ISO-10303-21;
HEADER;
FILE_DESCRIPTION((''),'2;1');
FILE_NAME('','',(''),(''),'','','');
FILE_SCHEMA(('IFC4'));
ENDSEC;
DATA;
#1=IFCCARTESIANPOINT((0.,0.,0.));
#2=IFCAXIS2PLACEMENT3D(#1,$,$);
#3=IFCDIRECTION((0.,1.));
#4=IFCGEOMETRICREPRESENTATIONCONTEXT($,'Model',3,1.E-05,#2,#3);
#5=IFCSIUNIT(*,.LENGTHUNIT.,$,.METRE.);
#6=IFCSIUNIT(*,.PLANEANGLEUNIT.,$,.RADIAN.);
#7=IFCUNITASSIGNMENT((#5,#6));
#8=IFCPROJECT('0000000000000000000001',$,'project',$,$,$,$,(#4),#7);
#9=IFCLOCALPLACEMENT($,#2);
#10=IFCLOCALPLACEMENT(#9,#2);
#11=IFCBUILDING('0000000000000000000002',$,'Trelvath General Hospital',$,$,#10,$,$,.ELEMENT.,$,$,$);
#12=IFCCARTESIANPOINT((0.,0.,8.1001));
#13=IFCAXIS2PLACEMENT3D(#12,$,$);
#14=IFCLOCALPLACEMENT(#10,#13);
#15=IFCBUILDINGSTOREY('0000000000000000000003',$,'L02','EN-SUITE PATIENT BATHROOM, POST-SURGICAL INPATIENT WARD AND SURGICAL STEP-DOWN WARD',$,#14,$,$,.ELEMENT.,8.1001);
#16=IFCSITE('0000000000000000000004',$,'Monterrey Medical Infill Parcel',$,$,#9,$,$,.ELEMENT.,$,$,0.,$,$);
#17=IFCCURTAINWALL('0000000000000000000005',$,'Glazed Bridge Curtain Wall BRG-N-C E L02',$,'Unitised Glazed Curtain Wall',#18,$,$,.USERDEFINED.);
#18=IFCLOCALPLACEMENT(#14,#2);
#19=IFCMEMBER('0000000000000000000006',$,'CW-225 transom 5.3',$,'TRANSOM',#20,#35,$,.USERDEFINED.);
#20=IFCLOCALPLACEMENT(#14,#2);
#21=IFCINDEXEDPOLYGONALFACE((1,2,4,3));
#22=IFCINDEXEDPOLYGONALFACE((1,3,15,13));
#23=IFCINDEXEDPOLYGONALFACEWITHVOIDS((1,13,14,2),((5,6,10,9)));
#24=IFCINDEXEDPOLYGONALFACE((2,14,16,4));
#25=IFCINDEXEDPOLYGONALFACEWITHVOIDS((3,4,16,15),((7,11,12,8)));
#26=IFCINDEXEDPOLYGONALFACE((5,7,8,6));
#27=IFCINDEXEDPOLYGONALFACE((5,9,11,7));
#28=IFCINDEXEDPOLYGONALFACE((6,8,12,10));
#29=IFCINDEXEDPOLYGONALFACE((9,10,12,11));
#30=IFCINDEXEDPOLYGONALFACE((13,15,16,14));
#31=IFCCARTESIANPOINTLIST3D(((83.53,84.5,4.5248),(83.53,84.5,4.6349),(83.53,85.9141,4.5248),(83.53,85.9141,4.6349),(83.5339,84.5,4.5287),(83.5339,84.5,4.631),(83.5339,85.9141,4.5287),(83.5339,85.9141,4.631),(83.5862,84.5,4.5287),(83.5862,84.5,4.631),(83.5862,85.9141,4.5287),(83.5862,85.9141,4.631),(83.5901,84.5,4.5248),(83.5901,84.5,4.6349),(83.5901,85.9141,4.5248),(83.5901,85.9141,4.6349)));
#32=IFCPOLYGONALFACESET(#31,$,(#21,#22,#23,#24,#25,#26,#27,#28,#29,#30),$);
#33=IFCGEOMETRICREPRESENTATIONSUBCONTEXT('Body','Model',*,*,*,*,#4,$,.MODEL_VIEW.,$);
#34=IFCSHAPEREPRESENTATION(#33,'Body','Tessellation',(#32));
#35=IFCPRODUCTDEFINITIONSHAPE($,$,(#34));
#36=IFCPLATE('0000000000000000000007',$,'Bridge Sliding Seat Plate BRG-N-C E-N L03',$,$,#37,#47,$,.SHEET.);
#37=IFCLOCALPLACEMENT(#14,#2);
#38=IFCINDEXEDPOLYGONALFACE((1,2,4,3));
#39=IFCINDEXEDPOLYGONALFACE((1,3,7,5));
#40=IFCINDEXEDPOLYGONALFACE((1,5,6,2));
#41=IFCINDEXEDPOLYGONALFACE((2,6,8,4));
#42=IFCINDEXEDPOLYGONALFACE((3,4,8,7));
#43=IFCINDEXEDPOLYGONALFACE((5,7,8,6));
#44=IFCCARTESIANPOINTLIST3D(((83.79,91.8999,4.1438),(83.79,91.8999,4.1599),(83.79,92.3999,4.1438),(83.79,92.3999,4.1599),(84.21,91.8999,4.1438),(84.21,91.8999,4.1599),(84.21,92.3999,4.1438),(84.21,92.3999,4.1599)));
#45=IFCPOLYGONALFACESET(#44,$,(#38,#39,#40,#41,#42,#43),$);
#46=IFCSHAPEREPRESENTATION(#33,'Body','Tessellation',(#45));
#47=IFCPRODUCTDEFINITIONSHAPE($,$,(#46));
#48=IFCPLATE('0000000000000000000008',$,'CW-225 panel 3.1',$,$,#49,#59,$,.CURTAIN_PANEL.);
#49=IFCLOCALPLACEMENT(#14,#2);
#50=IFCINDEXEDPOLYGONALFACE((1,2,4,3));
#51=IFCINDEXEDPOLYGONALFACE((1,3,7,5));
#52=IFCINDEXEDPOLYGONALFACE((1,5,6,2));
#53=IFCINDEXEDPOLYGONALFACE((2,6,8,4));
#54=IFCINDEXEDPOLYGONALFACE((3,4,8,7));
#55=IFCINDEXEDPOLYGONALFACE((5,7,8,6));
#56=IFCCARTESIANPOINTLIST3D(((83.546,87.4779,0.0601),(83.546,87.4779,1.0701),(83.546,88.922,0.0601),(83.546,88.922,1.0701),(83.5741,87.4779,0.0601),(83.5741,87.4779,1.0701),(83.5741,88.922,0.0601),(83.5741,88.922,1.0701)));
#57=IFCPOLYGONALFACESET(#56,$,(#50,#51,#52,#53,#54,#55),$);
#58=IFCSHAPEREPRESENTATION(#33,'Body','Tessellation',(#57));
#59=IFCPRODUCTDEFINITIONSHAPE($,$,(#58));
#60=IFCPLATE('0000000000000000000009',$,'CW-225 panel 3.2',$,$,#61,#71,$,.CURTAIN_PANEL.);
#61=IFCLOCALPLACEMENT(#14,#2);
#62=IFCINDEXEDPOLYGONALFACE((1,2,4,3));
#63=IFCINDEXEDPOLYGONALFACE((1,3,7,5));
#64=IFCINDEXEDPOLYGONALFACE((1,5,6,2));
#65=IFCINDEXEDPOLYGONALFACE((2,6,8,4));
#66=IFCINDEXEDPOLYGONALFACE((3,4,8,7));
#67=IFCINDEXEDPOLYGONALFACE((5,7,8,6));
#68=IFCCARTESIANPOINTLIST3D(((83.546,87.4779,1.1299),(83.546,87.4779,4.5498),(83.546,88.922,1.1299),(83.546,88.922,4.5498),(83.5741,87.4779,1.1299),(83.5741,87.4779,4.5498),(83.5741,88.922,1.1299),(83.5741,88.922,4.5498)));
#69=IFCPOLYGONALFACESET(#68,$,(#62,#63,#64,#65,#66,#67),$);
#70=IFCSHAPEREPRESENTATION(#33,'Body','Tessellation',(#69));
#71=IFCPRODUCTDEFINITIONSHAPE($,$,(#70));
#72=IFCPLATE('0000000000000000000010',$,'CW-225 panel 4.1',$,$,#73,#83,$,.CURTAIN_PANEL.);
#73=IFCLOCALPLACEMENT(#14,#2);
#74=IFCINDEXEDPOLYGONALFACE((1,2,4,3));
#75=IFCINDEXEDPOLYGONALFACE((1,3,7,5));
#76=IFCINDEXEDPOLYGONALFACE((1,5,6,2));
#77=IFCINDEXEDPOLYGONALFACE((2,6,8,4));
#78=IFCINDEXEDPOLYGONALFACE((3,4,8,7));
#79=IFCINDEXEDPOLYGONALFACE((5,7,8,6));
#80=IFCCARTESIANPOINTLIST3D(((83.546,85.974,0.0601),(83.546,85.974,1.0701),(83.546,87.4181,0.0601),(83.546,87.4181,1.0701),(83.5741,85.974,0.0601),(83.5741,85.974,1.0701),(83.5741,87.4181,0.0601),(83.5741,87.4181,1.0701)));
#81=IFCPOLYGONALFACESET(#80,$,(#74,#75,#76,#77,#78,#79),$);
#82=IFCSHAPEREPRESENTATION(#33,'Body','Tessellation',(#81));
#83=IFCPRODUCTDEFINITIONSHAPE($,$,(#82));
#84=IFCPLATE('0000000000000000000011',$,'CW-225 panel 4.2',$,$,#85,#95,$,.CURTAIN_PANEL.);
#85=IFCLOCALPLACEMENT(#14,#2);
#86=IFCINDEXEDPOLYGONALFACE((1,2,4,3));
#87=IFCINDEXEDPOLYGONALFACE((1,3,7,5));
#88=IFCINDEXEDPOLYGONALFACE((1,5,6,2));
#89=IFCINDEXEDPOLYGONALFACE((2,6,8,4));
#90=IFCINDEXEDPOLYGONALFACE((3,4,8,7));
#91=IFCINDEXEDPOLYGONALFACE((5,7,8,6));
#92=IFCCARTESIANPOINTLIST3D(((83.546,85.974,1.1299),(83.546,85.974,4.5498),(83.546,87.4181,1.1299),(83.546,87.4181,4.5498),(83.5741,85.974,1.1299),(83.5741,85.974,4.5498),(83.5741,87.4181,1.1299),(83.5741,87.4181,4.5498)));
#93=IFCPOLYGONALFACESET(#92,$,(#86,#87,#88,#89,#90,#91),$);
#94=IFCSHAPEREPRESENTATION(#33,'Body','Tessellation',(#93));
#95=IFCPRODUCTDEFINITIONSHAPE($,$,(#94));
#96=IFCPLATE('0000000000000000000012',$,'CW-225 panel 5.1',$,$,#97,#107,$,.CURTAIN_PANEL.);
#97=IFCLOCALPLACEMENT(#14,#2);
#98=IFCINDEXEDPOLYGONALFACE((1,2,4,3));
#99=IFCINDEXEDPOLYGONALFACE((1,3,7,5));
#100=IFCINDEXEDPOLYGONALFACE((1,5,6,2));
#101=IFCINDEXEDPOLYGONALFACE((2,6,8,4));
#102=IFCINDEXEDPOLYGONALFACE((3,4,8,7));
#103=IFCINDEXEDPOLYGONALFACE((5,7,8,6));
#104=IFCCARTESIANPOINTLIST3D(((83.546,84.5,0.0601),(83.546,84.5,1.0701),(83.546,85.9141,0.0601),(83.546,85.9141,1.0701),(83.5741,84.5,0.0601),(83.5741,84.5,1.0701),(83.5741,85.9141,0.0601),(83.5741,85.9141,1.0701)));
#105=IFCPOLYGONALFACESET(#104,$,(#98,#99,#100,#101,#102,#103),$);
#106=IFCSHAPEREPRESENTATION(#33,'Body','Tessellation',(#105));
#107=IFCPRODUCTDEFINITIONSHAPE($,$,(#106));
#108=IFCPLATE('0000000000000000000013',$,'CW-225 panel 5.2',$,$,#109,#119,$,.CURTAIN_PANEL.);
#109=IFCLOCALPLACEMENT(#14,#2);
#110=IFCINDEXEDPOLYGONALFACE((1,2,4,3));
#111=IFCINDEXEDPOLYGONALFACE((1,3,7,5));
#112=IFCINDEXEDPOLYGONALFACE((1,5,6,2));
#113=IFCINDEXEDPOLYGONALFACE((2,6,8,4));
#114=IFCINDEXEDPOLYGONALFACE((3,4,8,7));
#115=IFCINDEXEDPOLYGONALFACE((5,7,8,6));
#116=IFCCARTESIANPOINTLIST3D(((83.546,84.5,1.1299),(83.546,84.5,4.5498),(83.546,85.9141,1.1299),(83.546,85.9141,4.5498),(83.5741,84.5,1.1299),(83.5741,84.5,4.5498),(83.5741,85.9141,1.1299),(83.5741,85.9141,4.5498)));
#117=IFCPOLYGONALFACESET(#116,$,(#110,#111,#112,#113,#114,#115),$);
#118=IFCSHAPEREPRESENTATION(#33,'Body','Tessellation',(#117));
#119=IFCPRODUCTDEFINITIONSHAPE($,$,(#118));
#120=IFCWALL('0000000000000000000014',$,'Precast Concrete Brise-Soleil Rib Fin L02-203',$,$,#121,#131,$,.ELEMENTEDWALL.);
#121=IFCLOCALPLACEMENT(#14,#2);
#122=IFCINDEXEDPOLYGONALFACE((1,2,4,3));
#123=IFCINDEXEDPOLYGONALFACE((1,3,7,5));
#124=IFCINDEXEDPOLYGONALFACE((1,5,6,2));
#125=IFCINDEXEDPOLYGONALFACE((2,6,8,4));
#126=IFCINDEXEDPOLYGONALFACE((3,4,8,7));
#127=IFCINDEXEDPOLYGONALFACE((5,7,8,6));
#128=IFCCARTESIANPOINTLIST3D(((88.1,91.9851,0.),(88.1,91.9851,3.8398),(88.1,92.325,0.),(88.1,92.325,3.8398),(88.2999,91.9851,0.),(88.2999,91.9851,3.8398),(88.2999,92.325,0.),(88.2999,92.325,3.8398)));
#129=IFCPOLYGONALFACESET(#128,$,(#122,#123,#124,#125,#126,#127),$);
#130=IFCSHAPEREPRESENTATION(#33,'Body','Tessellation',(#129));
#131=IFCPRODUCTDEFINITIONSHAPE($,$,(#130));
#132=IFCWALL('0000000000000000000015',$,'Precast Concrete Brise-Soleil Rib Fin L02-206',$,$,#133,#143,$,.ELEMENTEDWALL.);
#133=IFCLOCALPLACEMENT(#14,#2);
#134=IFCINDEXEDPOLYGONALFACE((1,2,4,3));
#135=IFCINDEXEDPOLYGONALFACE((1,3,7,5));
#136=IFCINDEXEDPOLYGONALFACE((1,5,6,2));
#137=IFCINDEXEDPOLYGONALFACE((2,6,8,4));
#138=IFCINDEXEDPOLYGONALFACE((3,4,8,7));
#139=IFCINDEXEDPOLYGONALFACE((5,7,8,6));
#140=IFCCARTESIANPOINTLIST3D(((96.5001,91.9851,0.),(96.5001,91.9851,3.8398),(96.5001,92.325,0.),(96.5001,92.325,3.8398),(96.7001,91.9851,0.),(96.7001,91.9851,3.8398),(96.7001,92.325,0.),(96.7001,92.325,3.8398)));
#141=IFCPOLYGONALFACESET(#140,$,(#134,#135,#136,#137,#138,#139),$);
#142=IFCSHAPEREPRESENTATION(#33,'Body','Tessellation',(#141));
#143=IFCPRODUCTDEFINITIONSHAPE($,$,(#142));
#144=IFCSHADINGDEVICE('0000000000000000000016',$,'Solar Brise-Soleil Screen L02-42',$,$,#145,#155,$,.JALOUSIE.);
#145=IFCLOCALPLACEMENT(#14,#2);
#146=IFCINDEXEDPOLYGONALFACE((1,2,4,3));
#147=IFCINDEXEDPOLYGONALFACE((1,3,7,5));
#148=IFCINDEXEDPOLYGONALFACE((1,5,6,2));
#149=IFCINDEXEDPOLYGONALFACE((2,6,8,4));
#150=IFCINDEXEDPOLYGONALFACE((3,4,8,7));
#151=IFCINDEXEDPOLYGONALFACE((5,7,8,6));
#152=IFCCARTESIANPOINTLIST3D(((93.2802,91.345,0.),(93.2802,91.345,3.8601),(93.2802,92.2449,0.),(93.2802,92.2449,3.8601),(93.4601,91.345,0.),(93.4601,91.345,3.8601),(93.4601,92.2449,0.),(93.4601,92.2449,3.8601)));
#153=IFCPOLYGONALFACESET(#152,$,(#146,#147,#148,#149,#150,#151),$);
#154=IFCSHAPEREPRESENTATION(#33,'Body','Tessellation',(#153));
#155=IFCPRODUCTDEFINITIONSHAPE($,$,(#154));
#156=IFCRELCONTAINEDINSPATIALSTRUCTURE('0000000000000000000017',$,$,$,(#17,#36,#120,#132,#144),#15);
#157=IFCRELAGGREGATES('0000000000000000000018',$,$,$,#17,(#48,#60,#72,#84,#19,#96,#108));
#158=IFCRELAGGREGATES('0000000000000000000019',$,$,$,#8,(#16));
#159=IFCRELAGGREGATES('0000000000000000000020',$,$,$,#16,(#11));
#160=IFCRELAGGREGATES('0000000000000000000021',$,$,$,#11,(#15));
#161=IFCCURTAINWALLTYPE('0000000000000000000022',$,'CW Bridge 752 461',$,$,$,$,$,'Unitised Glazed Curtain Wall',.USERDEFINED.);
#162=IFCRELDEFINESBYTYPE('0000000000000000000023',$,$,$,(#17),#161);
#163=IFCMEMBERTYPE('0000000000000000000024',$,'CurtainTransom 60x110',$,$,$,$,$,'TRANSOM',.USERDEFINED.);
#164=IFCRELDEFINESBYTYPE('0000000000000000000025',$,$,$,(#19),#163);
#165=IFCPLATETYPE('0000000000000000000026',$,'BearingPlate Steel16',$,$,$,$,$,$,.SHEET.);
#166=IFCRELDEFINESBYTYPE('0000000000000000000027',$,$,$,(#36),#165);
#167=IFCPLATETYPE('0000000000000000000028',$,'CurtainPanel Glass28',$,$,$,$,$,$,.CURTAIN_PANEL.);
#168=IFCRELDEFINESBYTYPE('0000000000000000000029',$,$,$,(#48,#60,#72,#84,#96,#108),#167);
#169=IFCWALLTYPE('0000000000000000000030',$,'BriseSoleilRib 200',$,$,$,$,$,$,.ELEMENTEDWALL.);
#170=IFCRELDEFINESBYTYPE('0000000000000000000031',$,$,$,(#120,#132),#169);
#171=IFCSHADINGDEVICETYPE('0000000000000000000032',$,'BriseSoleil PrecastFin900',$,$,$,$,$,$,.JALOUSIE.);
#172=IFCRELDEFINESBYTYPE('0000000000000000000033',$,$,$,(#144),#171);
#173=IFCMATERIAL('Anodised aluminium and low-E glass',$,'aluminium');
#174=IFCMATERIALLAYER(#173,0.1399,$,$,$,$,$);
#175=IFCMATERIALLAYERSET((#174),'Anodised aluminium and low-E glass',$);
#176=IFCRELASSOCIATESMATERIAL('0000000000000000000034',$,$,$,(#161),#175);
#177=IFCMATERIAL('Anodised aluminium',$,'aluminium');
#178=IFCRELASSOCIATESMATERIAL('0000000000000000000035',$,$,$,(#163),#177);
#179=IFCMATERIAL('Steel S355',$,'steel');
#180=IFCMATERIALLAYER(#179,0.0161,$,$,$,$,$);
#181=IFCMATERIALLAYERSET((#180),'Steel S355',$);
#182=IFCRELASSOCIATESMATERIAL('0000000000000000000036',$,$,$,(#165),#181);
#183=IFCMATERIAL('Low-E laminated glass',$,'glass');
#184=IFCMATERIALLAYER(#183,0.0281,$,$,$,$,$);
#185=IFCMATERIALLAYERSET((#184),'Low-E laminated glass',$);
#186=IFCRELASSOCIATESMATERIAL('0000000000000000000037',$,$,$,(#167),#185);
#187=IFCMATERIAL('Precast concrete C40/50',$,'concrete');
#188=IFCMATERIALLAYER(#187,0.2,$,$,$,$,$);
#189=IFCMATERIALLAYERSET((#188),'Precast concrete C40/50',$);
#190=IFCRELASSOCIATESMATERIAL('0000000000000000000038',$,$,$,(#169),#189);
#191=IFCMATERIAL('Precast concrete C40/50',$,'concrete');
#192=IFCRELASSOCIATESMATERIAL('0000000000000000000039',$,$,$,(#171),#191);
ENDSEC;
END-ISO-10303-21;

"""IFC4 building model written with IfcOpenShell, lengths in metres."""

from ifc_helpers import new_model, si_unit, direction, frame, frame_2d, origin, origin_2d, place, context, subcontext, project, spatial, rectangle, hollow_rectangle, extrude, material, layer, layer_set, material_profile, profile_set, type_object, element, aggregate, save


model = new_model("IFC4")

# Units and contexts
model_context = context("Model", 3, precision=1e-05, world=origin(), true_north=direction((0.0, 1.0)))
body_context = subcontext(model_context, "Body", "Model", "MODEL_VIEW")
ifc_project = project(units=[si_unit("LENGTHUNIT", "METRE"), si_unit("PLANEANGLEUNIT", "RADIAN")], contexts=[model_context])

# Site, building, storey
site_placement = place(None, origin())
site = spatial("IfcSite", under=ifc_project, at=site_placement, Name="Monterrey Medical Infill Parcel", CompositionType="ELEMENT", RefElevation=0.0)
building_placement = place(site_placement, origin())
building = spatial("IfcBuilding", under=site, at=building_placement, Name="Trelvath General Hospital", CompositionType="ELEMENT")
storey_placement = place(building_placement, frame((0.0, 0.0, 8.1001)))
storey = spatial("IfcBuildingStorey", under=building, at=storey_placement, Name="L02", Description="EN-SUITE PATIENT BATHROOM, POST-SURGICAL INPATIENT WARD AND SURGICAL STEP-DOWN WARD", CompositionType="ELEMENT", Elevation=8.1001)

# Curtain wall, member
ifc_material_1 = material(Name="Anodised aluminium and low-E glass", Category="aluminium")
ifc_layer_1 = layer(ifc_material_1, 0.1399)
ifc_layer_set_1 = layer_set([ifc_layer_1], Name="Anodised aluminium and low-E glass")
curtain_wall_type = type_object("IfcCurtainWallType", Name="CW Bridge 752 461", ElementType="Unitised Glazed Curtain Wall", PredefinedType="USERDEFINED", material=ifc_layer_set_1)
curtain_wall_placement = place(storey_placement, origin())
curtain_wall = element("IfcCurtainWall", 1, at=curtain_wall_placement, inside=storey, type_object=curtain_wall_type, Name="Glazed Bridge Curtain Wall BRG-N-C E L02", ObjectType="Unitised Glazed Curtain Wall", PredefinedType="USERDEFINED")
ifc_material_2 = material(Name="Anodised aluminium", Category="aluminium")
ifc_material_profile_1 = material_profile(ifc_material_2, hollow_rectangle(XDim=0.0601, YDim=0.1101, WallThickness=0.0039, at=origin_2d()), Name="RHS60x110x4")
ifc_profile_set_1 = profile_set([ifc_material_profile_1], Name="Anodised aluminium")
member_type = type_object("IfcMemberType", Name="CurtainTransom 60x110", ElementType="TRANSOM", PredefinedType="USERDEFINED", material=ifc_profile_set_1)
member_1_placement = place(storey_placement, frame((83.5601, 85.9141, 4.5798), z_axis=(0.0, -1.0, 0.0), x_axis=(1.0, 0.0, 0.0)))
member_1 = element("IfcMember", 2, at=member_1_placement, type_object=member_type, Name="CW-225 transom 5.3", ObjectType="TRANSOM", PredefinedType="USERDEFINED", context=body_context, shape_type="SweptSolid", body=[
    extrude(hollow_rectangle(XDim=0.0601, YDim=0.1101, WallThickness=0.0039, at=origin_2d()), origin(), (0.0, 0.0, 1.0), 1.4141),
])

# Plates
ifc_material_3 = material(Name="Steel S355", Category="steel")
ifc_layer_2 = layer(ifc_material_3, 0.0161)
ifc_layer_set_2 = layer_set([ifc_layer_2], Name="Steel S355")
plate_type_1 = type_object("IfcPlateType", Name="BearingPlate Steel16", PredefinedType="SHEET", material=ifc_layer_set_2)
plate_1_placement = place(storey_placement, frame((84.0, 92.1499, 4.1438), z_axis=(0.0, 0.0, 1.0), x_axis=(1.0, 0.0, 0.0)))
element("IfcPlate", 3, at=plate_1_placement, inside=storey, type_object=plate_type_1, Name="Bridge Sliding Seat Plate BRG-N-C E-N L03", PredefinedType="SHEET", context=body_context, shape_type="SweptSolid", body=[
    extrude(rectangle(XDim=0.4199, YDim=0.5, at=origin_2d()), origin(), (0.0, 0.0, 1.0), 0.0161),
])
ifc_material_4 = material(Name="Low-E laminated glass", Category="glass")
ifc_layer_3 = layer(ifc_material_4, 0.0281)
ifc_layer_set_3 = layer_set([ifc_layer_3], Name="Low-E laminated glass")
plate_type_2 = type_object("IfcPlateType", Name="CurtainPanel Glass28", PredefinedType="CURTAIN_PANEL", material=ifc_layer_set_3)
plate_2_placement = place(storey_placement, frame((83.5601, 88.2, 0.0601), z_axis=(0.0, 0.0, 1.0), x_axis=(0.0, -1.0, 0.0)))
plate_2 = element("IfcPlate", 4, at=plate_2_placement, type_object=plate_type_2, Name="CW-225 panel 3.1", PredefinedType="CURTAIN_PANEL", context=body_context, shape_type="SweptSolid", body=[
    extrude(rectangle(XDim=1.4441, YDim=0.0281, at=origin_2d()), origin(), (0.0, 0.0, 1.0), 1.01),
])
plate_3_placement = place(storey_placement, frame((83.5601, 88.2, 1.1299), z_axis=(0.0, 0.0, 1.0), x_axis=(0.0, -1.0, 0.0)))
plate_3 = element("IfcPlate", 5, at=plate_3_placement, type_object=plate_type_2, Name="CW-225 panel 3.2", PredefinedType="CURTAIN_PANEL", context=body_context, shape_type="SweptSolid", body=[
    extrude(rectangle(XDim=1.4441, YDim=0.0281, at=origin_2d()), origin(), (0.0, 0.0, 1.0), 3.4199),
])
plate_4_placement = place(storey_placement, frame((83.5601, 86.696, 0.0601), z_axis=(0.0, 0.0, 1.0), x_axis=(0.0, -1.0, 0.0)))
plate_4 = element("IfcPlate", 6, at=plate_4_placement, type_object=plate_type_2, Name="CW-225 panel 4.1", PredefinedType="CURTAIN_PANEL", context=body_context, shape_type="SweptSolid", body=[
    extrude(rectangle(XDim=1.4441, YDim=0.0281, at=origin_2d()), origin(), (0.0, 0.0, 1.0), 1.01),
])
plate_5_placement = place(storey_placement, frame((83.5601, 86.696, 1.1299), z_axis=(0.0, 0.0, 1.0), x_axis=(0.0, -1.0, 0.0)))
plate_5 = element("IfcPlate", 7, at=plate_5_placement, type_object=plate_type_2, Name="CW-225 panel 4.2", PredefinedType="CURTAIN_PANEL", context=body_context, shape_type="SweptSolid", body=[
    extrude(rectangle(XDim=1.4441, YDim=0.0281, at=origin_2d()), origin(), (0.0, 0.0, 1.0), 3.4199),
])
plate_6_placement = place(storey_placement, frame((83.5601, 85.207, 0.0601), z_axis=(0.0, 0.0, 1.0), x_axis=(0.0, -1.0, 0.0)))
plate_6 = element("IfcPlate", 8, at=plate_6_placement, type_object=plate_type_2, Name="CW-225 panel 5.1", PredefinedType="CURTAIN_PANEL", context=body_context, shape_type="SweptSolid", body=[
    extrude(rectangle(XDim=1.4141, YDim=0.0281, at=origin_2d()), origin(), (0.0, 0.0, 1.0), 1.01),
])
plate_7_placement = place(storey_placement, frame((83.5601, 85.207, 1.1299), z_axis=(0.0, 0.0, 1.0), x_axis=(0.0, -1.0, 0.0)))
plate_7 = element("IfcPlate", 9, at=plate_7_placement, type_object=plate_type_2, Name="CW-225 panel 5.2", PredefinedType="CURTAIN_PANEL", context=body_context, shape_type="SweptSolid", body=[
    extrude(rectangle(XDim=1.4141, YDim=0.0281, at=origin_2d()), origin(), (0.0, 0.0, 1.0), 3.4199),
])
aggregate(curtain_wall, [plate_2, plate_3, plate_4, plate_5, member_1, plate_6, plate_7])

# Walls
ifc_material_5 = material(Name="Precast concrete C40/50", Category="concrete")
ifc_layer_4 = layer(ifc_material_5, 0.2)
ifc_layer_set_4 = layer_set([ifc_layer_4], Name="Precast concrete C40/50")
wall_type_1 = type_object("IfcWallType", Name="BriseSoleilRib 200", PredefinedType="ELEMENTEDWALL", material=ifc_layer_set_4)
for number, where, z_axis, x_axis, name in (
    (10, (88.2, 92.325, 0.0), (0.0, 0.0, 1.0), (0.0, -1.0, 0.0), "Precast Concrete Brise-Soleil Rib Fin L02-203"),
    (11, (96.6001, 92.325, 0.0), (0.0, 0.0, 1.0), (0.0, -1.0, 0.0), "Precast Concrete Brise-Soleil Rib Fin L02-206"),
):
    element("IfcWall", number, at=place(storey_placement, frame(where, z_axis=z_axis, x_axis=x_axis)), inside=storey, type_object=wall_type_1, Name=name, PredefinedType="ELEMENTEDWALL", context=body_context, shape_type="SweptSolid", body=[
        extrude(rectangle(XDim=0.3398, YDim=0.2, at=frame_2d((0.1699, 0.0))), origin(), (0.0, 0.0, 1.0), 3.8398),
    ])

# Shading device
ifc_material_6 = material(Name="Precast concrete C40/50", Category="concrete")
shading_device_type = type_object("IfcShadingDeviceType", Name="BriseSoleil PrecastFin900", PredefinedType="JALOUSIE", material=ifc_material_6)
shading_device_placement = place(storey_placement, frame((93.3701, 91.7949, 0.0), z_axis=(0.0, 0.0, 1.0), x_axis=(0.0, -1.0, 0.0)))
element("IfcShadingDevice", 12, at=shading_device_placement, inside=storey, type_object=shading_device_type, Name="Solar Brise-Soleil Screen L02-42", PredefinedType="JALOUSIE", context=body_context, shape_type="SweptSolid", body=[
    extrude(rectangle(XDim=0.8999, YDim=0.1799, at=origin_2d()), origin(), (0.0, 0.0, 1.0), 3.8601),
])

save(model, "model.ifc")
